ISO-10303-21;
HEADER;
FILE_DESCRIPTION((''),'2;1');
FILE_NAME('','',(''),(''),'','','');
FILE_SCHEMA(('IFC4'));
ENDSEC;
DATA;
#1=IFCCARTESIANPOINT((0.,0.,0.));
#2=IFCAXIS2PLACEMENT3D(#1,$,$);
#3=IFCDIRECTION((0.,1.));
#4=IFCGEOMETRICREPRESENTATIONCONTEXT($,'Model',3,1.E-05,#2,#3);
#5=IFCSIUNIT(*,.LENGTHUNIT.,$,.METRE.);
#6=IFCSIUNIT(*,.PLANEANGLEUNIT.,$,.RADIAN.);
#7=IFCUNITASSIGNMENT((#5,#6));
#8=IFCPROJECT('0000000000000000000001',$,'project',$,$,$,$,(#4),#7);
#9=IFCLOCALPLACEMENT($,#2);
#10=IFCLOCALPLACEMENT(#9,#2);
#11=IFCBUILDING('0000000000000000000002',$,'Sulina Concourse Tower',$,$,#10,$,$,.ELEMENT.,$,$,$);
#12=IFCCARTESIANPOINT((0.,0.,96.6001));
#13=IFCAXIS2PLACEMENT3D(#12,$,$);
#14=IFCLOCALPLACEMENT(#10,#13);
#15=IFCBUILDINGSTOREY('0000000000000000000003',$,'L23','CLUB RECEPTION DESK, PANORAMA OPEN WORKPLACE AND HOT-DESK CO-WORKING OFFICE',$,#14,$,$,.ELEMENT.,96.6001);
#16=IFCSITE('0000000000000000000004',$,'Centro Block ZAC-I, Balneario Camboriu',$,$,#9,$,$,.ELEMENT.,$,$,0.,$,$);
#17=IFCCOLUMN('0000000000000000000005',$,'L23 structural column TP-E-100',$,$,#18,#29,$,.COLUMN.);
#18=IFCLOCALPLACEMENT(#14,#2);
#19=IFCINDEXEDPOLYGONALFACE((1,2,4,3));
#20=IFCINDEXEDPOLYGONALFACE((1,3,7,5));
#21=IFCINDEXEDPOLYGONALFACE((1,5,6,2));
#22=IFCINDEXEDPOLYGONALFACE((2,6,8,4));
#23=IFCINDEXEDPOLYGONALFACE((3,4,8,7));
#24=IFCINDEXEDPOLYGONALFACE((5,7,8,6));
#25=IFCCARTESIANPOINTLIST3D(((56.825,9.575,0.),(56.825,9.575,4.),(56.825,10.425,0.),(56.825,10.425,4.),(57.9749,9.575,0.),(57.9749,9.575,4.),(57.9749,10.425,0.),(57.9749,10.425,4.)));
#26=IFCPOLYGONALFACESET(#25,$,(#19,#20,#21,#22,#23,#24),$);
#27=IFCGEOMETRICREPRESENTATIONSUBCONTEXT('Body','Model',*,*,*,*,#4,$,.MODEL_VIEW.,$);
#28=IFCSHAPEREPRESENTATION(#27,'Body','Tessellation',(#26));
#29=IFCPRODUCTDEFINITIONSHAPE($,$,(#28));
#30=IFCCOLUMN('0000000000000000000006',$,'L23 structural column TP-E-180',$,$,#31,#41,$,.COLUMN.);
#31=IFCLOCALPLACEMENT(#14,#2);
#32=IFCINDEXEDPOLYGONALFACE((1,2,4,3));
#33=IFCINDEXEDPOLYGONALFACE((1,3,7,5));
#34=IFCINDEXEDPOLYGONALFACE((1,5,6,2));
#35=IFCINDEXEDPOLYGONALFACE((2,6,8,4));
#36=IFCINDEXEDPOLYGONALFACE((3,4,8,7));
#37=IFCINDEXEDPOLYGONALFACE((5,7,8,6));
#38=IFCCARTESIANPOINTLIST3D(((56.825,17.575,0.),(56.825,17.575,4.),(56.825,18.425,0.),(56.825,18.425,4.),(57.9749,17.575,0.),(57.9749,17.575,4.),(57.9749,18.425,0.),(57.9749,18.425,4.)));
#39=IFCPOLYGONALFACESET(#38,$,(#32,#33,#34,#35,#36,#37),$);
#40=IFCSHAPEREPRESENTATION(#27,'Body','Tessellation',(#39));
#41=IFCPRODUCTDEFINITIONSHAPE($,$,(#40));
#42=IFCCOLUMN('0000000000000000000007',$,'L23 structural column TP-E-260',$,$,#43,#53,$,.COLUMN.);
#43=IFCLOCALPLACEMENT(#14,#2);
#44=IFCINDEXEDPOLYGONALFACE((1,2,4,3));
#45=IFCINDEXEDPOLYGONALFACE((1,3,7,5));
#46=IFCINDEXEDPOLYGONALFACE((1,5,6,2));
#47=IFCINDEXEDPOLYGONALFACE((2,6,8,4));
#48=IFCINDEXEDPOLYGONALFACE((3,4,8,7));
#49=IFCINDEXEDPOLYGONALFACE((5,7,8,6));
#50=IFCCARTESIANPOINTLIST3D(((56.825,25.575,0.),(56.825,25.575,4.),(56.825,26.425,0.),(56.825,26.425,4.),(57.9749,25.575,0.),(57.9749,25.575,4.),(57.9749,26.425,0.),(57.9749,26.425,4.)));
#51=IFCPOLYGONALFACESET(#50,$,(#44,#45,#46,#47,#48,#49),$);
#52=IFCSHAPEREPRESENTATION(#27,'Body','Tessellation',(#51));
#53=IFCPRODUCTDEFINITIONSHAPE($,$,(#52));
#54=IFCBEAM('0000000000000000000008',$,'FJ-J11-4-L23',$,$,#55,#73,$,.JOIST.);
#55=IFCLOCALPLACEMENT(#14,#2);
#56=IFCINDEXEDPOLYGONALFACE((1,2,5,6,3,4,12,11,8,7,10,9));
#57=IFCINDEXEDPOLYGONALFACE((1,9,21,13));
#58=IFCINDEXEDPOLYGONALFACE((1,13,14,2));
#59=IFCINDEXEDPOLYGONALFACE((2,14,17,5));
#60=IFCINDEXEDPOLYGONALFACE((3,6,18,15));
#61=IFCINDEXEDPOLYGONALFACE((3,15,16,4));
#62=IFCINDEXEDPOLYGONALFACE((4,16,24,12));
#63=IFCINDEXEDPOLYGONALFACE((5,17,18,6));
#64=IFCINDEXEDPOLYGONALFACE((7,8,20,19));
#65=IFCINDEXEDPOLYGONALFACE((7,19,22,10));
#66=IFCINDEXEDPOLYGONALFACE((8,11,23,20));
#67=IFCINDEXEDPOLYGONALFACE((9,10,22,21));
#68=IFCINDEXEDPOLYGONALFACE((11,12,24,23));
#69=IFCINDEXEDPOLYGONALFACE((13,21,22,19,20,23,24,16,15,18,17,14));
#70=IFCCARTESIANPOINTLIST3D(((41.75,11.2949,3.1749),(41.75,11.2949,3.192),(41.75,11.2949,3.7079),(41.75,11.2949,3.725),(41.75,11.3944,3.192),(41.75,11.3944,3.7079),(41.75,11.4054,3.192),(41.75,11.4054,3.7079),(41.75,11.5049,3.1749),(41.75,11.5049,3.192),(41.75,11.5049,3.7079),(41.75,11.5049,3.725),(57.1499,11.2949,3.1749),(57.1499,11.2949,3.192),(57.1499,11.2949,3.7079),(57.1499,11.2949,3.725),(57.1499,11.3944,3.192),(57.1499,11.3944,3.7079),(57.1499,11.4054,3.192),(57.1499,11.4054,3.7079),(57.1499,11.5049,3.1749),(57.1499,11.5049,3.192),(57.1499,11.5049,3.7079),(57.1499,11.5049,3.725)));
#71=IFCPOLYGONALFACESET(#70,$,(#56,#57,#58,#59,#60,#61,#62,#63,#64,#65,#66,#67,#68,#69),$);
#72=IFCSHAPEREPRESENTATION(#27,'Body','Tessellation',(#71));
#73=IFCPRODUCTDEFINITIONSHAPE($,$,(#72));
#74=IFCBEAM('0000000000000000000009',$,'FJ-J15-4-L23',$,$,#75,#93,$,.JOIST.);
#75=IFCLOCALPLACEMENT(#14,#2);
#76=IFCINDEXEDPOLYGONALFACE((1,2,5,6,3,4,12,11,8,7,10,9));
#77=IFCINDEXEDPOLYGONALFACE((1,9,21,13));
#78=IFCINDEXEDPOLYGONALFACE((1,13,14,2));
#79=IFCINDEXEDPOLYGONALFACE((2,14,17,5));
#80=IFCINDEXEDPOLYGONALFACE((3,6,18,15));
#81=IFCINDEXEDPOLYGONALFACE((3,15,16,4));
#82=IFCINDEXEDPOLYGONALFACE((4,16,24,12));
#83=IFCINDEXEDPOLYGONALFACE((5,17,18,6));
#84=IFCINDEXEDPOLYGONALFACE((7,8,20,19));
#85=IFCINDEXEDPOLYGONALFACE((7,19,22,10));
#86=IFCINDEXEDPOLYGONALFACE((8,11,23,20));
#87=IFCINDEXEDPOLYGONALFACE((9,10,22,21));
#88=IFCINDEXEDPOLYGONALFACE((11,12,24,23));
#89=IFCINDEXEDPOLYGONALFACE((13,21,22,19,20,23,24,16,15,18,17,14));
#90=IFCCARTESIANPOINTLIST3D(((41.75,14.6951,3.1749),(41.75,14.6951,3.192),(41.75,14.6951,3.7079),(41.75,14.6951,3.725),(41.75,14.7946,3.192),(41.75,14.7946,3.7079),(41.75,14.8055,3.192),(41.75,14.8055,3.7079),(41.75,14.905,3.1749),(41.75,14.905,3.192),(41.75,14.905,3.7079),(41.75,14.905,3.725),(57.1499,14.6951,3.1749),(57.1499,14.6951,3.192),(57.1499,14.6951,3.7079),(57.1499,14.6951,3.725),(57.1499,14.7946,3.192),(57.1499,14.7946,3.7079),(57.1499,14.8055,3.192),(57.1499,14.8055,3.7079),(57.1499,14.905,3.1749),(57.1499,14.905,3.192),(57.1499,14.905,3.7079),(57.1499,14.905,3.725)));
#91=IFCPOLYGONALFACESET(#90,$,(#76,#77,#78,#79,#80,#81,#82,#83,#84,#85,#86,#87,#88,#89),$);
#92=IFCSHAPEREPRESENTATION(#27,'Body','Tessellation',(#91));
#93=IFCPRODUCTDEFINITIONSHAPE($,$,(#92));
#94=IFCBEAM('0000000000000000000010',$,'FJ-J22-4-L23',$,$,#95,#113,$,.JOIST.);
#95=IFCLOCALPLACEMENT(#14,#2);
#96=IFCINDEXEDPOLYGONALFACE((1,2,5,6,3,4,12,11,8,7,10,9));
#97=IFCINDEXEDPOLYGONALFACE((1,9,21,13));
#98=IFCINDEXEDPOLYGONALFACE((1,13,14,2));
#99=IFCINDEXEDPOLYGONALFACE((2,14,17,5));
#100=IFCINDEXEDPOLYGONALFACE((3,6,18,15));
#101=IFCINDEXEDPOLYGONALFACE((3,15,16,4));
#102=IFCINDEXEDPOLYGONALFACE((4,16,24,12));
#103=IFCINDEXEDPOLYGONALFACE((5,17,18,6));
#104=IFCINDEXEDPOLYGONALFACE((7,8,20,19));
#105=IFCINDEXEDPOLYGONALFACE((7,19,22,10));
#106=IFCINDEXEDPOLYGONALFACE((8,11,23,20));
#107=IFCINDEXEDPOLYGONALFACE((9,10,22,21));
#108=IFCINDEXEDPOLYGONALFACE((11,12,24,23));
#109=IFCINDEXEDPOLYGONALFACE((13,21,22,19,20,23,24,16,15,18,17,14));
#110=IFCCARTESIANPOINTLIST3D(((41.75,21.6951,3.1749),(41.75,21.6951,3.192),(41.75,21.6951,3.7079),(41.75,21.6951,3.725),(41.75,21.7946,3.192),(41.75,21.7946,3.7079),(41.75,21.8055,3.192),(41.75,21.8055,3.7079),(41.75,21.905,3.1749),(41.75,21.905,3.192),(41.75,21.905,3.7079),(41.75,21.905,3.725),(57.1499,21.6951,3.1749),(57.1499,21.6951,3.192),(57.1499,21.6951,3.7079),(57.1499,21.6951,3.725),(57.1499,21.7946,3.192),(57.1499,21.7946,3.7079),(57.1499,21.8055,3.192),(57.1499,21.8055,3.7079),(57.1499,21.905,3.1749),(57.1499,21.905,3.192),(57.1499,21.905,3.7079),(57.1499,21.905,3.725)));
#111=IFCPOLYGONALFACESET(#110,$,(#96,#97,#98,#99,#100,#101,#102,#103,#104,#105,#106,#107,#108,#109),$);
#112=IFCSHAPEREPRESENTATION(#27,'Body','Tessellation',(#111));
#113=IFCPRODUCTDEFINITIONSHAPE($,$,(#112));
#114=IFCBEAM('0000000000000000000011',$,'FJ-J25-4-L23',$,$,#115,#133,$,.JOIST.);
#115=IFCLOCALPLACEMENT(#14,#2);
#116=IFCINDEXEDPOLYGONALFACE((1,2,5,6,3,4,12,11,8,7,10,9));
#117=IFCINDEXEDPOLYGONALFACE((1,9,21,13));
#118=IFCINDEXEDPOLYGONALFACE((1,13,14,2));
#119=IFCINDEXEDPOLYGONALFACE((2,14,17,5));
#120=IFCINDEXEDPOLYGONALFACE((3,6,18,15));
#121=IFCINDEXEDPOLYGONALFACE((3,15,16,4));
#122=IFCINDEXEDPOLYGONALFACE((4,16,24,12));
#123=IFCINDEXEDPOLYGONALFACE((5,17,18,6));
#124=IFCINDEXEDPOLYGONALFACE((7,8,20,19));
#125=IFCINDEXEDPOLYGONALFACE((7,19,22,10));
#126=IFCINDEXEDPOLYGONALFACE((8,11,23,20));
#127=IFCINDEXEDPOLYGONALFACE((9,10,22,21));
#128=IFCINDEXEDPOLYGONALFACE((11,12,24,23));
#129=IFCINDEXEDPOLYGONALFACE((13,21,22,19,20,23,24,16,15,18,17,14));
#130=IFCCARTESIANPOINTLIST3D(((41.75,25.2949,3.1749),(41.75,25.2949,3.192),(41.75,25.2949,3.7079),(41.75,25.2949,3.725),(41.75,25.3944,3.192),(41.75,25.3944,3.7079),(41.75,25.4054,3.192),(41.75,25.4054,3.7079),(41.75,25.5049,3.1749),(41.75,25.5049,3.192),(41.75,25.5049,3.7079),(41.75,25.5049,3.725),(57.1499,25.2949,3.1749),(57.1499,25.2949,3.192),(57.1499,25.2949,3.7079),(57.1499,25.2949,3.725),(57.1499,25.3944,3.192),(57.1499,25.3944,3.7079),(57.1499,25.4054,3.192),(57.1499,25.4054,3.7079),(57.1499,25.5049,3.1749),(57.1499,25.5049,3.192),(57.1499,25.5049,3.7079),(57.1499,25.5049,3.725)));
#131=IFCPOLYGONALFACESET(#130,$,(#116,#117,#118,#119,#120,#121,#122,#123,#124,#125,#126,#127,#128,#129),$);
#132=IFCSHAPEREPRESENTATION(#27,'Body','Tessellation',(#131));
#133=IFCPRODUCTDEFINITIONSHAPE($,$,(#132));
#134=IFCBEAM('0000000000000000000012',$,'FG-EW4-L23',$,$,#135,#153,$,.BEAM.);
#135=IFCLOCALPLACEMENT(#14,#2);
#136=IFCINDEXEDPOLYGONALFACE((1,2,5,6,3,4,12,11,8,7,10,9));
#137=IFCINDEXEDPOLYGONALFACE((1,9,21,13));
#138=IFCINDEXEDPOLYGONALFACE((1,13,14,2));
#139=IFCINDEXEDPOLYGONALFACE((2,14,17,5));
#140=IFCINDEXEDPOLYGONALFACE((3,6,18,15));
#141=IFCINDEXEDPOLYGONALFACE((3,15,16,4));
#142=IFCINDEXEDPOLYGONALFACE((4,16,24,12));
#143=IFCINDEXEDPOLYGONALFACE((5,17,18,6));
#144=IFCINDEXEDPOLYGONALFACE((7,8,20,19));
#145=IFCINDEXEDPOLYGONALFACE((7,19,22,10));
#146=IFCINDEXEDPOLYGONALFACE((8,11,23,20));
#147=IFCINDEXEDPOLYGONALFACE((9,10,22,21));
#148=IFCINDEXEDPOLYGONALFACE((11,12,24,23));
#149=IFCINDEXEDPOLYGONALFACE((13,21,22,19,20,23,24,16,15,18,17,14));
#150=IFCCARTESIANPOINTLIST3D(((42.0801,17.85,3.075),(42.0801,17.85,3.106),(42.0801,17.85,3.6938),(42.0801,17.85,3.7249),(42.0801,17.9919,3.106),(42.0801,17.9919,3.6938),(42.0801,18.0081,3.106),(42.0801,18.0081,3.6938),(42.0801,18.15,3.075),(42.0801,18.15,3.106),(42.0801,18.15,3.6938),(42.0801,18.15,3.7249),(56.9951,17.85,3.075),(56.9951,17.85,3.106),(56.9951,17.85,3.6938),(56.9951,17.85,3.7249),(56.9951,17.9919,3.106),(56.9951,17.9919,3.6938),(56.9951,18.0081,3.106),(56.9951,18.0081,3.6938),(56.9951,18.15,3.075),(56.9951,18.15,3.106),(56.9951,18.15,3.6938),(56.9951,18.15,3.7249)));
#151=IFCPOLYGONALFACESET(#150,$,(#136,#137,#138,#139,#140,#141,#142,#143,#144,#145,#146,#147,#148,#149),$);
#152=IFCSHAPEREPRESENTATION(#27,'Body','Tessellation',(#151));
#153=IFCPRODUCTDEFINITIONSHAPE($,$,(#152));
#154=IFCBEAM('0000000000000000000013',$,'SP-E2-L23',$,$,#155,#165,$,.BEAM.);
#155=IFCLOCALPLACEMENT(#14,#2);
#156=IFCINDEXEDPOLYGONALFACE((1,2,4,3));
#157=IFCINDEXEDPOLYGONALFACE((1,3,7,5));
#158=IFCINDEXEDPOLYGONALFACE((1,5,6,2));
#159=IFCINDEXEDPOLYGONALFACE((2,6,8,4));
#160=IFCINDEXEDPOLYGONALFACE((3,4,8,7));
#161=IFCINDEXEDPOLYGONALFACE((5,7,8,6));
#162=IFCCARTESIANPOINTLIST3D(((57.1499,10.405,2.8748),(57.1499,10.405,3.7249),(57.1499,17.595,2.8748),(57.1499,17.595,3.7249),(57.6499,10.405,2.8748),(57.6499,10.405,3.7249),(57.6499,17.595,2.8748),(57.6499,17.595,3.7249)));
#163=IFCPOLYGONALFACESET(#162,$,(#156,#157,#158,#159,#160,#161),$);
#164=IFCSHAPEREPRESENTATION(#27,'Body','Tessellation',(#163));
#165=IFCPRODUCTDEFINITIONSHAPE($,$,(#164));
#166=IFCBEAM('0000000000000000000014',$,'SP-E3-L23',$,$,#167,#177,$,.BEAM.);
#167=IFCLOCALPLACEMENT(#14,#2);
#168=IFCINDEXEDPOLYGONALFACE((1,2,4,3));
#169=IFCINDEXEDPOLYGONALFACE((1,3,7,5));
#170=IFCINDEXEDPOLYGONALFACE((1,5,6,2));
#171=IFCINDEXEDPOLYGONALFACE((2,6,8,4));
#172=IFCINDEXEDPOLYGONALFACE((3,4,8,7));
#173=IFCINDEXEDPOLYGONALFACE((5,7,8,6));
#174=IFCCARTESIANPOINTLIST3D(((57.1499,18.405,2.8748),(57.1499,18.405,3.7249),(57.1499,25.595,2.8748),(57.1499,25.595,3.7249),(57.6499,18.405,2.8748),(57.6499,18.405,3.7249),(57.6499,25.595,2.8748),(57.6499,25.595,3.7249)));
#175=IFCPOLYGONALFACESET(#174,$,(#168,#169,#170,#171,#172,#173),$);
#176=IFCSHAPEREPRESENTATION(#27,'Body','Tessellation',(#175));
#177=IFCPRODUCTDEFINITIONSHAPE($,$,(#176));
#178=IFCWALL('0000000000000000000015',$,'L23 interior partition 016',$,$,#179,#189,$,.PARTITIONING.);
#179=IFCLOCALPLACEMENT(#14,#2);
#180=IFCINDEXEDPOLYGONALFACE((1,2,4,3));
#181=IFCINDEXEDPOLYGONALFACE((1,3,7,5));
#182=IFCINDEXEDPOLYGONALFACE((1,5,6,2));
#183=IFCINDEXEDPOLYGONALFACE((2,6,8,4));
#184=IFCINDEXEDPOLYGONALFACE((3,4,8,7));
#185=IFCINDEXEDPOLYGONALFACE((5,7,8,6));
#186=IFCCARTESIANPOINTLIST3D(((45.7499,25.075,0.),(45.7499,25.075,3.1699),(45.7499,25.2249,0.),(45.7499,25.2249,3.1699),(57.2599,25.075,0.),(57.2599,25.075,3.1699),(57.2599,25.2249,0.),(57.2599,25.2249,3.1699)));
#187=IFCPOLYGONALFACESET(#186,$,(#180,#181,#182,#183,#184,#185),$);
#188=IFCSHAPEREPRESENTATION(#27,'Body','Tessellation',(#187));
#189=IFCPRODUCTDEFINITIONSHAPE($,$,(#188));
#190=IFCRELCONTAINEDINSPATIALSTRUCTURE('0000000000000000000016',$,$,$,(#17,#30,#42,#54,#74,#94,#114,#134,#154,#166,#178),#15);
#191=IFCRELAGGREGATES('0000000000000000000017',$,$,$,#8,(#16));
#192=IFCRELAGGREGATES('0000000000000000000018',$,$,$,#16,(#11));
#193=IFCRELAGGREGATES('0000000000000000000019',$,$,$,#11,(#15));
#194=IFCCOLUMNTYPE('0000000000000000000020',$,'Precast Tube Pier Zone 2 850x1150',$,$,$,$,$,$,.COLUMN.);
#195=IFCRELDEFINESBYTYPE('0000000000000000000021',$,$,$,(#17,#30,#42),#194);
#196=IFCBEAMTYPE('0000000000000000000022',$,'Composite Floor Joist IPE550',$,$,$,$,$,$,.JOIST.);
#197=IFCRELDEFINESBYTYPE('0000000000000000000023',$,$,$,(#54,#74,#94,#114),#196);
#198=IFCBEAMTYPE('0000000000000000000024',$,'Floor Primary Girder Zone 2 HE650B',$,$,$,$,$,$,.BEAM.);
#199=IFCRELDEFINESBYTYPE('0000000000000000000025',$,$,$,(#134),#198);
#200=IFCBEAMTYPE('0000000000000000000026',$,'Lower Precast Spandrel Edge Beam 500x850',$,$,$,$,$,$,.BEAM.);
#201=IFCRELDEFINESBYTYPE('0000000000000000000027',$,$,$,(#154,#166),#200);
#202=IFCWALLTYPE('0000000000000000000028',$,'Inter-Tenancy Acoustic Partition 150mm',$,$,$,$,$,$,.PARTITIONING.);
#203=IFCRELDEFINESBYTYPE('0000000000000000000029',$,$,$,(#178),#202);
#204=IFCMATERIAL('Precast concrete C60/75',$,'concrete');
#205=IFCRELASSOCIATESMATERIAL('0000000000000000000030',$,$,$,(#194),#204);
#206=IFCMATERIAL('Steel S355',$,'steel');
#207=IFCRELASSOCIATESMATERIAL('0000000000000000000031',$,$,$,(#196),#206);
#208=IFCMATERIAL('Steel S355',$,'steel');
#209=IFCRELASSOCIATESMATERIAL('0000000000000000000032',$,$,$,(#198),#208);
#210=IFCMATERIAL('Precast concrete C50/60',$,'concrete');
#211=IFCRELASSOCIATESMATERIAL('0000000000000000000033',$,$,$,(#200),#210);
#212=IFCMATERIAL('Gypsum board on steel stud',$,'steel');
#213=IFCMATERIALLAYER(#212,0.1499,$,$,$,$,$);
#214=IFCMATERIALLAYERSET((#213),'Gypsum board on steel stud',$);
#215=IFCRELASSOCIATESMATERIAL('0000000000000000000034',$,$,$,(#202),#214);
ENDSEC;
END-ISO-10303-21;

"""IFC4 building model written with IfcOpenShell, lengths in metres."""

from ifc_helpers import new_model, si_unit, direction, frame, frame_2d, origin, origin_2d, place, context, subcontext, project, spatial, rectangle, i_section, extrude, material, layer, layer_set, material_profile, profile_set, type_object, element, save


model = new_model("IFC4")

# Units and contexts
model_context = context("Model", 3, precision=1e-05, world=origin(), true_north=direction((0.0, 1.0)))
body_context = subcontext(model_context, "Body", "Model", "MODEL_VIEW")
ifc_project = project(units=[si_unit("LENGTHUNIT", "METRE"), si_unit("PLANEANGLEUNIT", "RADIAN")], contexts=[model_context])

# Site, building, storey
site_placement = place(None, origin())
site = spatial("IfcSite", under=ifc_project, at=site_placement, Name="Centro Block ZAC-I, Balneario Camboriu", CompositionType="ELEMENT", RefElevation=0.0)
building_placement = place(site_placement, origin())
building = spatial("IfcBuilding", under=site, at=building_placement, Name="Sulina Concourse Tower", CompositionType="ELEMENT")
storey_placement = place(building_placement, frame((0.0, 0.0, 96.6001)))
storey = spatial("IfcBuildingStorey", under=building, at=storey_placement, Name="L23", Description="CLUB RECEPTION DESK, PANORAMA OPEN WORKPLACE AND HOT-DESK CO-WORKING OFFICE", CompositionType="ELEMENT", Elevation=96.6001)

# Columns
ifc_material_1 = material(Name="Precast concrete C60/75", Category="concrete")
ifc_material_profile_1 = material_profile(ifc_material_1, rectangle(XDim=0.8501, YDim=1.1499, at=origin_2d()), Name="PC 850x1150")
ifc_profile_set_1 = profile_set([ifc_material_profile_1], Name="Precast concrete C60/75")
column_type = type_object("IfcColumnType", Name="Precast Tube Pier Zone 2 850x1150", PredefinedType="COLUMN", material=ifc_profile_set_1)
for number, where, z_axis, x_axis, name in (
    (1, (57.3999, 10.0, 0.0), (0.0, 0.0, 1.0), (0.0, 1.0, 0.0), "L23 structural column TP-E-100"),
    (2, (57.3999, 18.0, 0.0), (0.0, 0.0, 1.0), (0.0, 1.0, 0.0), "L23 structural column TP-E-180"),
    (3, (57.3999, 26.0, 0.0), (0.0, 0.0, 1.0), (0.0, 1.0, 0.0), "L23 structural column TP-E-260"),
):
    element("IfcColumn", number, at=place(storey_placement, frame(where, z_axis=z_axis, x_axis=x_axis)), inside=storey, type_object=column_type, Name=name, PredefinedType="COLUMN", context=body_context, shape_type="SweptSolid", body=[
        extrude(rectangle(XDim=0.8501, YDim=1.1499, at=origin_2d()), origin(), (0.0, 0.0, 1.0), 4.0),
    ])

# Beams
ifc_material_2 = material(Name="Steel S355", Category="steel")
ifc_material_profile_2 = material_profile(ifc_material_2, i_section(OverallWidth=0.21, OverallDepth=0.55, WebThickness=0.011, FlangeThickness=0.0171, at=origin_2d()), Name="IPE 550")
ifc_profile_set_2 = profile_set([ifc_material_profile_2], Name="Steel S355")
beam_type_1 = type_object("IfcBeamType", Name="Composite Floor Joist IPE550", PredefinedType="JOIST", material=ifc_profile_set_2)
for number, where, z_axis, x_axis, name in (
    (4, (41.75, 11.3999, 3.45), (1.0, 0.0, 0.0), (0.0, 1.0, 0.0), "FJ-J11-4-L23"),
    (5, (41.75, 14.8, 3.45), (1.0, 0.0, 0.0), (0.0, 1.0, 0.0), "FJ-J15-4-L23"),
    (6, (41.75, 21.8, 3.45), (1.0, 0.0, 0.0), (0.0, 1.0, 0.0), "FJ-J22-4-L23"),
    (7, (41.75, 25.3999, 3.45), (1.0, 0.0, 0.0), (0.0, 1.0, 0.0), "FJ-J25-4-L23"),
):
    element("IfcBeam", number, at=place(storey_placement, frame(where, z_axis=z_axis, x_axis=x_axis)), inside=storey, type_object=beam_type_1, Name=name, PredefinedType="JOIST", context=body_context, shape_type="SweptSolid", body=[
        extrude(i_section(OverallWidth=0.21, OverallDepth=0.55, WebThickness=0.011, FlangeThickness=0.0171, at=origin_2d()), origin(), (0.0, 0.0, 1.0), 15.3999),
    ])
ifc_material_3 = material(Name="Steel S355", Category="steel")
ifc_material_profile_3 = material_profile(ifc_material_3, i_section(OverallWidth=0.3, OverallDepth=0.6499, WebThickness=0.0161, FlangeThickness=0.031, at=origin_2d()), Name="HE 650 B")
ifc_profile_set_3 = profile_set([ifc_material_profile_3], Name="Steel S355")
beam_type_2 = type_object("IfcBeamType", Name="Floor Primary Girder Zone 2 HE650B", PredefinedType="BEAM", material=ifc_profile_set_3)
beam_placement = place(storey_placement, frame((42.0801, 18.0, 3.3999), z_axis=(1.0, 0.0, 0.0), x_axis=(0.0, 1.0, 0.0)))
element("IfcBeam", 8, at=beam_placement, inside=storey, type_object=beam_type_2, Name="FG-EW4-L23", PredefinedType="BEAM", context=body_context, shape_type="SweptSolid", body=[
    extrude(i_section(OverallWidth=0.3, OverallDepth=0.6499, WebThickness=0.0161, FlangeThickness=0.031, at=origin_2d()), origin(), (0.0, 0.0, 1.0), 14.915),
])
ifc_material_4 = material(Name="Precast concrete C50/60", Category="concrete")
ifc_material_profile_4 = material_profile(ifc_material_4, rectangle(XDim=0.5, YDim=0.8501, at=origin_2d()), Name="RC 500x850")
ifc_profile_set_4 = profile_set([ifc_material_profile_4], Name="Precast concrete C50/60")
beam_type_3 = type_object("IfcBeamType", Name="Lower Precast Spandrel Edge Beam 500x850", PredefinedType="BEAM", material=ifc_profile_set_4)
for number, where, z_axis, x_axis, name in (
    (9, (57.3999, 10.405, 3.2998), (0.0, 1.0, 0.0), (-1.0, 0.0, 0.0), "SP-E2-L23"),
    (10, (57.3999, 18.405, 3.2998), (0.0, 1.0, 0.0), (-1.0, 0.0, 0.0), "SP-E3-L23"),
):
    element("IfcBeam", number, at=place(storey_placement, frame(where, z_axis=z_axis, x_axis=x_axis)), inside=storey, type_object=beam_type_3, Name=name, PredefinedType="BEAM", context=body_context, shape_type="SweptSolid", body=[
        extrude(rectangle(XDim=0.5, YDim=0.8501, at=origin_2d()), origin(), (0.0, 0.0, 1.0), 7.1899),
    ])

# Wall
ifc_material_5 = material(Name="Gypsum board on steel stud", Category="steel")
ifc_layer_1 = layer(ifc_material_5, 0.1499)
ifc_layer_set_1 = layer_set([ifc_layer_1], Name="Gypsum board on steel stud")
wall_type_1 = type_object("IfcWallType", Name="Inter-Tenancy Acoustic Partition 150mm", PredefinedType="PARTITIONING", material=ifc_layer_set_1)
wall_1_placement = place(storey_placement, frame((45.75, 25.1499, 0.0), z_axis=(0.0, 0.0, 1.0), x_axis=(1.0, 0.0, 0.0)))
element("IfcWall", 11, at=wall_1_placement, inside=storey, type_object=wall_type_1, Name="L23 interior partition 016", PredefinedType="PARTITIONING", context=body_context, shape_type="SweptSolid", body=[
    extrude(rectangle(XDim=11.51, YDim=0.1499, at=frame_2d((5.7549, 0.0))), origin(), (0.0, 0.0, 1.0), 3.1699),
])

save(model, "model.ifc")
